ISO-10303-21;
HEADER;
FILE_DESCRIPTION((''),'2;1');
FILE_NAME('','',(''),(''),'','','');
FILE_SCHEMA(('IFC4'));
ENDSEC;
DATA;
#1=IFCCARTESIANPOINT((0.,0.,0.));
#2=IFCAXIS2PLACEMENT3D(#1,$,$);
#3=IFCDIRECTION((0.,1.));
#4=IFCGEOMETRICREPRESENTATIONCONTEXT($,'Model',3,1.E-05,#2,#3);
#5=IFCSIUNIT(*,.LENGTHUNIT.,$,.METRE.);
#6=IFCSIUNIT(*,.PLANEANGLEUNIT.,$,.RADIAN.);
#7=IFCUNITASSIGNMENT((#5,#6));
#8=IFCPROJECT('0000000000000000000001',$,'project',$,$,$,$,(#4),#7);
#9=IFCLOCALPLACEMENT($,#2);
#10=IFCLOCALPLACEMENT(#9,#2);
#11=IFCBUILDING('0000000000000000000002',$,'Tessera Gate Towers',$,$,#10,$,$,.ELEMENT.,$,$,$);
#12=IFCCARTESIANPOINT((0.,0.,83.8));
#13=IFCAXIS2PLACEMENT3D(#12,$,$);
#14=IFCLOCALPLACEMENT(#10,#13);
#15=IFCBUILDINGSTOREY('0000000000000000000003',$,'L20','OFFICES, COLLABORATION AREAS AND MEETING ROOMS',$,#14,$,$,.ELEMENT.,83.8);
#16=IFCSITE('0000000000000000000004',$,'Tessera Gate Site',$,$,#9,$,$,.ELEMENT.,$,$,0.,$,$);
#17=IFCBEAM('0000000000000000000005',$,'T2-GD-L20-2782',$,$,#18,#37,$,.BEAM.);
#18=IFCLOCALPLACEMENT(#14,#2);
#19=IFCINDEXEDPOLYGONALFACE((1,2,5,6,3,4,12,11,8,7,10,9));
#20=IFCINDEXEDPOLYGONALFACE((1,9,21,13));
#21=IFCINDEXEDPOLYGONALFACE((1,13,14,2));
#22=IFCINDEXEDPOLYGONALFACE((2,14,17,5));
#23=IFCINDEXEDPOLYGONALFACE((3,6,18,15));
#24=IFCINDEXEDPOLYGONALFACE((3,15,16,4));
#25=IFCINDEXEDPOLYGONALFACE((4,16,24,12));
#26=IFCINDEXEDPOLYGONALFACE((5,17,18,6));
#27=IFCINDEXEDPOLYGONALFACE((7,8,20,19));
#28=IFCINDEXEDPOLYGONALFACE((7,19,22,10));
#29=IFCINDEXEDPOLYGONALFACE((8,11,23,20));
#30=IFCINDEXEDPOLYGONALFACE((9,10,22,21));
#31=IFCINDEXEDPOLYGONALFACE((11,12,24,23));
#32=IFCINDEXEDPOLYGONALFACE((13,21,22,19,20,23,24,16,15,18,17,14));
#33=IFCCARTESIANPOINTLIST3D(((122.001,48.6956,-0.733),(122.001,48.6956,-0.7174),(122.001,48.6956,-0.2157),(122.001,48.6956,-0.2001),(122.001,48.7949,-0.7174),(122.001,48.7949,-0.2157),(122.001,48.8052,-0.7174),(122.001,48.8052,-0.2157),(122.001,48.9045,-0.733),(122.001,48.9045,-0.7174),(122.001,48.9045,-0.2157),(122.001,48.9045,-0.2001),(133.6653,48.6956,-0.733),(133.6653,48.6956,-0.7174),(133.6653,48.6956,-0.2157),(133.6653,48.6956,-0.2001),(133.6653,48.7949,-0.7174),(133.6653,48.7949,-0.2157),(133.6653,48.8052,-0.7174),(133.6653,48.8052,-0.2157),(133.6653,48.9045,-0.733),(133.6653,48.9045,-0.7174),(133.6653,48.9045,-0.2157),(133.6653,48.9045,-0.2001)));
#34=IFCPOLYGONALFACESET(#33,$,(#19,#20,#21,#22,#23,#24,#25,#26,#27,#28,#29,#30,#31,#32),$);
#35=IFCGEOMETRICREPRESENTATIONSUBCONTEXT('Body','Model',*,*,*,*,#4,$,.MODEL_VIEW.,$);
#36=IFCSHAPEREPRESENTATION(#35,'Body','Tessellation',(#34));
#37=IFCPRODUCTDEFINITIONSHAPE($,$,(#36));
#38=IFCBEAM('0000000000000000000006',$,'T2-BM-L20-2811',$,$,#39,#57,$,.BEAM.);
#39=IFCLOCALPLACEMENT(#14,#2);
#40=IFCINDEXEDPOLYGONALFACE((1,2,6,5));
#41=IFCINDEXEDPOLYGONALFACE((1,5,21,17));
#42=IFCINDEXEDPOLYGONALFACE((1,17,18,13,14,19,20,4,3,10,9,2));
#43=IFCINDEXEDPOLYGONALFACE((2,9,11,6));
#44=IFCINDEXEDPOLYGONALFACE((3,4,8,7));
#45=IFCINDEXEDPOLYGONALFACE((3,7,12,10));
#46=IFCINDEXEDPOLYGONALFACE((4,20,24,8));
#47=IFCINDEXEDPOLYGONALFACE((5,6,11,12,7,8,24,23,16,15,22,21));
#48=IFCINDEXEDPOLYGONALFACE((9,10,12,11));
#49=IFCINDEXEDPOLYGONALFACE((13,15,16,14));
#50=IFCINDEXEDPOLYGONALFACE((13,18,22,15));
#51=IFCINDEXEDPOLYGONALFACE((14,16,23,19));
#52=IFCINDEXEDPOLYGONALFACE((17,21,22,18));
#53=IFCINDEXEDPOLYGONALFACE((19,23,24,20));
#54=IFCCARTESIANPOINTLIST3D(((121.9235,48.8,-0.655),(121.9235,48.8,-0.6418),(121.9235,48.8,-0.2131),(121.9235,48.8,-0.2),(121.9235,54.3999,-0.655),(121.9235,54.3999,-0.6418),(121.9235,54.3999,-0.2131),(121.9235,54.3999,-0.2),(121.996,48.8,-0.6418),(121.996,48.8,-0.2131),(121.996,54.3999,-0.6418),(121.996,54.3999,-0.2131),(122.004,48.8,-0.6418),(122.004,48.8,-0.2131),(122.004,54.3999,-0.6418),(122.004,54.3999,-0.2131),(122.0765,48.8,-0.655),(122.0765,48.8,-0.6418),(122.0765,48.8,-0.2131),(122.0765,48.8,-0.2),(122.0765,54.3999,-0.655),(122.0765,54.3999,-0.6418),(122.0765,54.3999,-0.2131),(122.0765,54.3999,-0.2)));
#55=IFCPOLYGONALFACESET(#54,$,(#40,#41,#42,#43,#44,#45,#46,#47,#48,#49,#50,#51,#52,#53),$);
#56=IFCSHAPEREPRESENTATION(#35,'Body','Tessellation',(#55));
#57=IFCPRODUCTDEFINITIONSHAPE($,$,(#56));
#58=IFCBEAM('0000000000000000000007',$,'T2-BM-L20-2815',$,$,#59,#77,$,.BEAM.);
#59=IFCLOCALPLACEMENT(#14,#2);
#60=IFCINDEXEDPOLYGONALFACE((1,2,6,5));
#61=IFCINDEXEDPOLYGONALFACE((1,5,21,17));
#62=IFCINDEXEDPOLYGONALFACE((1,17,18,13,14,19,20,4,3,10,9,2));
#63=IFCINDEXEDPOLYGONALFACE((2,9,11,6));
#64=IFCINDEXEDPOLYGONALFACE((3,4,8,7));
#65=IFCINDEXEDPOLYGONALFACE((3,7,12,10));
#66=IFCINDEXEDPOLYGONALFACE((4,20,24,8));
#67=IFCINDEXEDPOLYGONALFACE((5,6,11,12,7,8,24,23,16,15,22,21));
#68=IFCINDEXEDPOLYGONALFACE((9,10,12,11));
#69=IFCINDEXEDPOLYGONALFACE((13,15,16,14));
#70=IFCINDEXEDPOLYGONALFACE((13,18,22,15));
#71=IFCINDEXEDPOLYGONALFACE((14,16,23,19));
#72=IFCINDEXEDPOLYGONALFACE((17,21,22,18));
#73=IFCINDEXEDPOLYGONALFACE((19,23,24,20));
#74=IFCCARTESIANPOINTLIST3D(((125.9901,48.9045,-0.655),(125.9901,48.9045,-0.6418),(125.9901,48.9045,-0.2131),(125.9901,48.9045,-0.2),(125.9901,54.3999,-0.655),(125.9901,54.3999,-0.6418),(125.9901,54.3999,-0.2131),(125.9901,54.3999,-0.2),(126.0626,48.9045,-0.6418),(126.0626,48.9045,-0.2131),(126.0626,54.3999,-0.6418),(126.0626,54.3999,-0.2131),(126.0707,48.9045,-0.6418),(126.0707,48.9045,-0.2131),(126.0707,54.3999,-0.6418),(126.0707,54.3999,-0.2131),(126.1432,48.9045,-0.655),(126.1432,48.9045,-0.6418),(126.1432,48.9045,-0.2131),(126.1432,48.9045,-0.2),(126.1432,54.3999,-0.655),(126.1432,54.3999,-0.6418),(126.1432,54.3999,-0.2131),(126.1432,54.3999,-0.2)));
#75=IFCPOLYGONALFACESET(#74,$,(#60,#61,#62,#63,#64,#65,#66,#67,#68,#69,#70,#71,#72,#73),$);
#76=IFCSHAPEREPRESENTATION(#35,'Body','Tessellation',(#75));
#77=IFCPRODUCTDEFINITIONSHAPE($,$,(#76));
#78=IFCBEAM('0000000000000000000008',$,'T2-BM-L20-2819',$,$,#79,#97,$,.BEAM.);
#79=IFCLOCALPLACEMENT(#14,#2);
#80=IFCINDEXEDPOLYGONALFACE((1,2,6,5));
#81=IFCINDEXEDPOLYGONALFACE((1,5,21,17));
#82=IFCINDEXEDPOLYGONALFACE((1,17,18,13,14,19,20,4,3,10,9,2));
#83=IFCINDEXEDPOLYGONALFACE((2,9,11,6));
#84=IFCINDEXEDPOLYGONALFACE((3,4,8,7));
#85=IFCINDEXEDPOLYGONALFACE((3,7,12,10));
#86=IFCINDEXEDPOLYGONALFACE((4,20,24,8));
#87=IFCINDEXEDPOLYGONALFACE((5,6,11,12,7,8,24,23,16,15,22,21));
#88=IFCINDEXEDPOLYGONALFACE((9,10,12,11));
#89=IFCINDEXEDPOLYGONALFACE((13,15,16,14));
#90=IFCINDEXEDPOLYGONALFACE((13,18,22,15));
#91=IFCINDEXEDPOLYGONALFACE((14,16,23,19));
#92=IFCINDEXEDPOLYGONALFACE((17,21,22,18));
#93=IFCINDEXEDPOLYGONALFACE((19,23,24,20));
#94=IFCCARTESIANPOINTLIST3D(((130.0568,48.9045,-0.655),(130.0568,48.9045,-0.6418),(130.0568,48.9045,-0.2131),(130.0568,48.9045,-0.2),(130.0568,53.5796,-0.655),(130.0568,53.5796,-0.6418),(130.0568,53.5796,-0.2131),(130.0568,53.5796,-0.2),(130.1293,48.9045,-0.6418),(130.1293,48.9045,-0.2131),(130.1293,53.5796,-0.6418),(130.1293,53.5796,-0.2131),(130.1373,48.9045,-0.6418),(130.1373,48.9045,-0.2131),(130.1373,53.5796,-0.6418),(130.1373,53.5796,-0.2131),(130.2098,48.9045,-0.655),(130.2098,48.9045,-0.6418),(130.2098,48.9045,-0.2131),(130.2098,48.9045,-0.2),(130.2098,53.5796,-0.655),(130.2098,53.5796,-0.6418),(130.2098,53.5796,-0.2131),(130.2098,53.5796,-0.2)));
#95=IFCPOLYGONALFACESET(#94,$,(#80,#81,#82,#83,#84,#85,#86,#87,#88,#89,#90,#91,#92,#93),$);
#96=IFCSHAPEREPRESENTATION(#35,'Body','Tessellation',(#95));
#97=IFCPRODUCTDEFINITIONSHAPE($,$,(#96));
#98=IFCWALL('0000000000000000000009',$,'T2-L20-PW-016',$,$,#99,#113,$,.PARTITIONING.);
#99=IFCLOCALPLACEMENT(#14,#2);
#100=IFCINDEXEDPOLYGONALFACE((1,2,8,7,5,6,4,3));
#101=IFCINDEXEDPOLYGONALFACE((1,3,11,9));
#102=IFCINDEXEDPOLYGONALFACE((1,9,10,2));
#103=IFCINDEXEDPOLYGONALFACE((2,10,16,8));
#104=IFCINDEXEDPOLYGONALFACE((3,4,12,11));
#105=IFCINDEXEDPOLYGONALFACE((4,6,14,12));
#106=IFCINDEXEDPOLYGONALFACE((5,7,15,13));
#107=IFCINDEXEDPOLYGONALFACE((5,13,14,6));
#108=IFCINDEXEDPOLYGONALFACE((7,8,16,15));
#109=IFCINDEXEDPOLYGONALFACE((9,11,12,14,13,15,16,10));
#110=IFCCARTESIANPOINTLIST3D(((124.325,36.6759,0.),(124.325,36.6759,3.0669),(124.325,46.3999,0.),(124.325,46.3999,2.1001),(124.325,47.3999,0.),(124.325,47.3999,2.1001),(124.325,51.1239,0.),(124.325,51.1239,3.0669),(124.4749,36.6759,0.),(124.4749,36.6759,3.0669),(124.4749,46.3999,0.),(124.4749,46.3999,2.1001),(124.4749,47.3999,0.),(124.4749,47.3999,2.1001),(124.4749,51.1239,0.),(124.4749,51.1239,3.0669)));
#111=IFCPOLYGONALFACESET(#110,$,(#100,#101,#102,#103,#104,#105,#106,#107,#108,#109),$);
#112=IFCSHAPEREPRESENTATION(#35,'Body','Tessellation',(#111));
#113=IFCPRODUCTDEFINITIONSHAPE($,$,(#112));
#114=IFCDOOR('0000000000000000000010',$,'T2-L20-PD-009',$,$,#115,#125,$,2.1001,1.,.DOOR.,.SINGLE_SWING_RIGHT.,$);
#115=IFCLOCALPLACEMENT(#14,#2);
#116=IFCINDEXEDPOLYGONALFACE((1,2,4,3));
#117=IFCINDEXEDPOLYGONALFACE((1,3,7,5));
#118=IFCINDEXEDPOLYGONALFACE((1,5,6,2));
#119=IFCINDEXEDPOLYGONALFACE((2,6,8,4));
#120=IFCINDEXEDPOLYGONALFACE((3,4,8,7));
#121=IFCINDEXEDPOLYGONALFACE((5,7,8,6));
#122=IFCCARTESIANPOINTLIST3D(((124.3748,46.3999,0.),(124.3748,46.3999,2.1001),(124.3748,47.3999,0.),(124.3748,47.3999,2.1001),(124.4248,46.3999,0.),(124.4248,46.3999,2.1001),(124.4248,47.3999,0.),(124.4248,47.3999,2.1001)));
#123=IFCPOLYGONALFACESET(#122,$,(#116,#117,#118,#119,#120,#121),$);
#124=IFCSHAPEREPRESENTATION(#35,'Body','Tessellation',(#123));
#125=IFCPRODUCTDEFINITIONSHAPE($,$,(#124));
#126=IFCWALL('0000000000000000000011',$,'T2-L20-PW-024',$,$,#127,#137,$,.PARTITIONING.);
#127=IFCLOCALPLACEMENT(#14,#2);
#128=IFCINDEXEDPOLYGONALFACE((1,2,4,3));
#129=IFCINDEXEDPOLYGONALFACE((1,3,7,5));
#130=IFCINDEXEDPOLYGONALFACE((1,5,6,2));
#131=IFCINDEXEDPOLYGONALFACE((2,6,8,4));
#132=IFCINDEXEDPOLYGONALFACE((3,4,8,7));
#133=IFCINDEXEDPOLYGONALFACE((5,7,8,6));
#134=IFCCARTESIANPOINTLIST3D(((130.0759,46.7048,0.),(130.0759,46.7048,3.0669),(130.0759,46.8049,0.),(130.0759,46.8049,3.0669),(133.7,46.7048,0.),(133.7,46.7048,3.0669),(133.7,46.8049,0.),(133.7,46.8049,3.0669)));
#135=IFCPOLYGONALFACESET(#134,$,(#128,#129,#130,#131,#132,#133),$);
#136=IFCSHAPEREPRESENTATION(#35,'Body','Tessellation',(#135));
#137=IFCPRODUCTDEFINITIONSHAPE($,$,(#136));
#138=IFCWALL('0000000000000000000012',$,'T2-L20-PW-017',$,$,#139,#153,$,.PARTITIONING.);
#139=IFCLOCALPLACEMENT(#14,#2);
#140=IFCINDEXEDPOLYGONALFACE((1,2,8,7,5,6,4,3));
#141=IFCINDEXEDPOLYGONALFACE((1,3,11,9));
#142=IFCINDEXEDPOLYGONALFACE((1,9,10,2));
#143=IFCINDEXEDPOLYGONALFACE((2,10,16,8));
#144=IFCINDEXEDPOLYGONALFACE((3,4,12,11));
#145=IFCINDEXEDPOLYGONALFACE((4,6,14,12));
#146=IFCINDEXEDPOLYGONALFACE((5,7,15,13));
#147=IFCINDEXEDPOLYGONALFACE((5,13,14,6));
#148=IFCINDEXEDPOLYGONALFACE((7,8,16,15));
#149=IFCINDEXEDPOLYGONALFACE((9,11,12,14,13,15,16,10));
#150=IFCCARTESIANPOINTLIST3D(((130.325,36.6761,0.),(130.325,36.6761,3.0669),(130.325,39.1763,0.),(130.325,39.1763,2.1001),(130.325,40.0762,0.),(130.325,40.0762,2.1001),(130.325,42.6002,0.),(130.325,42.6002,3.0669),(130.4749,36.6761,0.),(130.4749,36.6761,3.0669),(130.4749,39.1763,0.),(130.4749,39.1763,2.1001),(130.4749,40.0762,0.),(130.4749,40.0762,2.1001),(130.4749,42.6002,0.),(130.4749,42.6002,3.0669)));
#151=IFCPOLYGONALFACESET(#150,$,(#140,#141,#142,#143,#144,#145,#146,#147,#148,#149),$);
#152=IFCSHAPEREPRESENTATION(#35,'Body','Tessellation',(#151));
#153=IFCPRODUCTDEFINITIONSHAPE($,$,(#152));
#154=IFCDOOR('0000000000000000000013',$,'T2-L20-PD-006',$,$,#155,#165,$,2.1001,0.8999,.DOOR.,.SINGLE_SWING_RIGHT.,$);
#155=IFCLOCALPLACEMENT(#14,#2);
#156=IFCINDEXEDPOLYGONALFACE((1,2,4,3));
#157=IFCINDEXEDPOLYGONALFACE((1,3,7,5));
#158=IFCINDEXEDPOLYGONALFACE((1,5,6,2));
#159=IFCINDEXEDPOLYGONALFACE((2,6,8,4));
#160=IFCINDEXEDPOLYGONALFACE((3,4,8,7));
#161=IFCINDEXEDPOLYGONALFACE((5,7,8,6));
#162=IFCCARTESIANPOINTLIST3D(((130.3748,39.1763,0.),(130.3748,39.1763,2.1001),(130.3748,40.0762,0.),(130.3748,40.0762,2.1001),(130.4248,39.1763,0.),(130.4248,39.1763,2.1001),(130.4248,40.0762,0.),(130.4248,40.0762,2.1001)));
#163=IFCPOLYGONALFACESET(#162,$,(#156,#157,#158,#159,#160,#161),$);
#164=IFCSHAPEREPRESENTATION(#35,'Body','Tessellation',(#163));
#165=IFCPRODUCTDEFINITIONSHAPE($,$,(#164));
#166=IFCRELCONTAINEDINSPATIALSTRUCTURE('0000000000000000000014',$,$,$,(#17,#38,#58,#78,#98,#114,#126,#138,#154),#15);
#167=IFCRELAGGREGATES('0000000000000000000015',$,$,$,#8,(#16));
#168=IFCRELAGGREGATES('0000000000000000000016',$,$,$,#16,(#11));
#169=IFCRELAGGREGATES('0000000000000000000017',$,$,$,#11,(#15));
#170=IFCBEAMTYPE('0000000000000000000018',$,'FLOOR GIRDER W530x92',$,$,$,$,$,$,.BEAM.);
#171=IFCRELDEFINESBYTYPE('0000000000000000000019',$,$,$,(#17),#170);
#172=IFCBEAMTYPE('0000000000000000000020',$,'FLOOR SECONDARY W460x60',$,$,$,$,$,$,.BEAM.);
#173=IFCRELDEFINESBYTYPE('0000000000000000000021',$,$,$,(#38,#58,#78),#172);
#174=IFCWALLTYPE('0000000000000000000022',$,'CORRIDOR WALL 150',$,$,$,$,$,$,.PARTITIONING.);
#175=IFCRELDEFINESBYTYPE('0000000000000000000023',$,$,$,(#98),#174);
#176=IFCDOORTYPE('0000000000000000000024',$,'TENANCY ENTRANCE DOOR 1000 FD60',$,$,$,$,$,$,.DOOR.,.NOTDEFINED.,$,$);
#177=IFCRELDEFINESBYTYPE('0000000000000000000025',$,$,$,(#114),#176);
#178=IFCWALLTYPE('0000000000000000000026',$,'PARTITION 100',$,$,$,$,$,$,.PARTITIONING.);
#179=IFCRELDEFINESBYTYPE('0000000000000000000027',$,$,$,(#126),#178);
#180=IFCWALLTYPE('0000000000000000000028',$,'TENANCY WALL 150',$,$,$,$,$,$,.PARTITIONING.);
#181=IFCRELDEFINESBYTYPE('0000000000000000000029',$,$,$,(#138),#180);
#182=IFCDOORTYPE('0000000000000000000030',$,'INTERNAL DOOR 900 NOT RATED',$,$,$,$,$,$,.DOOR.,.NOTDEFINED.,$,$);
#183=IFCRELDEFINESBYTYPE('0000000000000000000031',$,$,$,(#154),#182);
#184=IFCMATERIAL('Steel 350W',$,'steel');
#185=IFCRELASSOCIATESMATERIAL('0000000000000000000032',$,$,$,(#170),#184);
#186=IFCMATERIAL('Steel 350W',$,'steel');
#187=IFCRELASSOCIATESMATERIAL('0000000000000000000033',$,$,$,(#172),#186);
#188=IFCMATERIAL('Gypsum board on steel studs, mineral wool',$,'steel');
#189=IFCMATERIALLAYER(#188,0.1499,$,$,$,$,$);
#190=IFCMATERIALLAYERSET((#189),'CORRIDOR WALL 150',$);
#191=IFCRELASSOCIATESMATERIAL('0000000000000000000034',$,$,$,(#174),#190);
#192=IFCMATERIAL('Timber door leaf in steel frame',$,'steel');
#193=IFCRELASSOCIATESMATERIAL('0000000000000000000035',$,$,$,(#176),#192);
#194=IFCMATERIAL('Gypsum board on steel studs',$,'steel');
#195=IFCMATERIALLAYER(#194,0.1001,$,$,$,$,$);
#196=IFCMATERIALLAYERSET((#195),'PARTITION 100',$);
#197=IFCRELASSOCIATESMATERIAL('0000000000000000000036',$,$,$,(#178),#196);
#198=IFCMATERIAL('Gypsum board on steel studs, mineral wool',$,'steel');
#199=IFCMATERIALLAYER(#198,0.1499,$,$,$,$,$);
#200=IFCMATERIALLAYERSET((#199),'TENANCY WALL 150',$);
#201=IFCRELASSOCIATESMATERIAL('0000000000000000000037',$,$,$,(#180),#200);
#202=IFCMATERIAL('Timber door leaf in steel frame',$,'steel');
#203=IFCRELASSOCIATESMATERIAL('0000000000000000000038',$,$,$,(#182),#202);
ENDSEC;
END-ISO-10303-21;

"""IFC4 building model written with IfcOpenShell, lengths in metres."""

from ifc_helpers import new_model, si_unit, direction, frame, frame_2d, origin, origin_2d, place, context, subcontext, project, spatial, rectangle, i_section, extrude, source, transform, mapped, material, layer, layer_set, material_profile, profile_set, type_object, element, fill, save


model = new_model("IFC4")

# Units and contexts
model_context = context("Model", 3, precision=1e-05, world=origin(), true_north=direction((0.0, 1.0)))
body_context = subcontext(model_context, "Body", "Model", "MODEL_VIEW")
ifc_project = project(units=[si_unit("LENGTHUNIT", "METRE"), si_unit("PLANEANGLEUNIT", "RADIAN")], contexts=[model_context])

# Site, building, storey
site_placement = place(None, origin())
site = spatial("IfcSite", under=ifc_project, at=site_placement, Name="Tessera Gate Site", CompositionType="ELEMENT", RefElevation=0.0)
building_placement = place(site_placement, origin())
building = spatial("IfcBuilding", under=site, at=building_placement, Name="Tessera Gate Towers", CompositionType="ELEMENT")
storey_placement = place(building_placement, frame((0.0, 0.0, 83.8)))
storey = spatial("IfcBuildingStorey", under=building, at=storey_placement, Name="L20", Description="OFFICES, COLLABORATION AREAS AND MEETING ROOMS", CompositionType="ELEMENT", Elevation=83.8)

# Beams
ifc_material_1 = material(Name="Steel 350W", Category="steel")
ifc_material_profile_1 = material_profile(ifc_material_1, i_section(OverallWidth=0.209, OverallDepth=0.533, WebThickness=0.0103, FlangeThickness=0.0156, at=origin_2d()), Name="W530x92")
ifc_profile_set_1 = profile_set([ifc_material_profile_1], Name="Steel 350W")
beam_type_1 = type_object("IfcBeamType", Name="FLOOR GIRDER W530x92", PredefinedType="BEAM", material=ifc_profile_set_1)
beam_1_placement = place(storey_placement, frame((122.001, 48.8, -0.4666), z_axis=(1.0, 0.0, 0.0), x_axis=(0.0, 1.0, 0.0)))
element("IfcBeam", 1, at=beam_1_placement, inside=storey, type_object=beam_type_1, Name="T2-GD-L20-2782", PredefinedType="BEAM", context=body_context, shape_type="SweptSolid", body=[
    extrude(i_section(OverallWidth=0.209, OverallDepth=0.533, WebThickness=0.0103, FlangeThickness=0.0156, at=origin_2d()), origin(), (0.0, 0.0, 1.0), 11.6643),
])
ifc_material_2 = material(Name="Steel 350W", Category="steel")
ifc_material_profile_2 = material_profile(ifc_material_2, i_section(OverallWidth=0.1531, OverallDepth=0.4551, WebThickness=0.0081, FlangeThickness=0.0132, at=origin_2d()), Name="W460x60")
ifc_profile_set_2 = profile_set([ifc_material_profile_2], Name="Steel 350W")
beam_type_2 = type_object("IfcBeamType", Name="FLOOR SECONDARY W460x60", PredefinedType="BEAM", material=ifc_profile_set_2)
beam_2_placement = place(storey_placement, frame((122.0, 48.8, -0.4275), z_axis=(0.0, 1.0, 0.0), x_axis=(-1.0, 0.0, 0.0)))
element("IfcBeam", 2, at=beam_2_placement, inside=storey, type_object=beam_type_2, Name="T2-BM-L20-2811", PredefinedType="BEAM", context=body_context, shape_type="SweptSolid", body=[
    extrude(i_section(OverallWidth=0.1531, OverallDepth=0.4551, WebThickness=0.0081, FlangeThickness=0.0132, at=origin_2d()), origin(), (0.0, 0.0, 1.0), 5.5999),
])
beam_3_placement = place(storey_placement, frame((126.0667, 48.9045, -0.4275), z_axis=(0.0, 1.0, 0.0), x_axis=(-1.0, 0.0, 0.0)))
element("IfcBeam", 3, at=beam_3_placement, inside=storey, type_object=beam_type_2, Name="T2-BM-L20-2815", PredefinedType="BEAM", context=body_context, shape_type="SweptSolid", body=[
    extrude(i_section(OverallWidth=0.1531, OverallDepth=0.4551, WebThickness=0.0081, FlangeThickness=0.0132, at=origin_2d()), origin(), (0.0, 0.0, 1.0), 5.4954),
])
beam_4_placement = place(storey_placement, frame((130.1333, 48.9045, -0.4275), z_axis=(0.0, 1.0, 0.0), x_axis=(-1.0, 0.0, 0.0)))
element("IfcBeam", 4, at=beam_4_placement, inside=storey, type_object=beam_type_2, Name="T2-BM-L20-2819", PredefinedType="BEAM", context=body_context, shape_type="SweptSolid", body=[
    extrude(i_section(OverallWidth=0.1531, OverallDepth=0.4551, WebThickness=0.0081, FlangeThickness=0.0132, at=origin_2d()), origin(), (0.0, 0.0, 1.0), 4.675),
])

# Wall, opening, door
ifc_material_3 = material(Name="Gypsum board on steel studs, mineral wool", Category="steel")
ifc_layer_1 = layer(ifc_material_3, 0.1499)
ifc_layer_set_1 = layer_set([ifc_layer_1], Name="CORRIDOR WALL 150")
wall_type_1 = type_object("IfcWallType", Name="CORRIDOR WALL 150", PredefinedType="PARTITIONING", material=ifc_layer_set_1)
wall_1_placement = place(storey_placement, frame((124.3999, 51.124, 0.0), z_axis=(0.0, 0.0, 1.0), x_axis=(0.0, -1.0, 0.0)))
wall_1 = element("IfcWall", 5, at=wall_1_placement, inside=storey, type_object=wall_type_1, Name="T2-L20-PW-016", PredefinedType="PARTITIONING", context=body_context, shape_type="SweptSolid", body=[
    extrude(rectangle(XDim=14.448, YDim=0.1499, at=frame_2d((7.2241, 0.0))), origin(), (0.0, 0.0, 1.0), 3.0669),
])
shared_shape_1 = source(origin(), body_context, "Body", "SweptSolid", [
    extrude(rectangle(XDim=1.0, YDim=2.1001, at=frame_2d((0.5, 1.05))), frame((0.0, 0.085, 0.0), z_axis=(0.0, -1.0, 0.0), x_axis=(1.0, 0.0, 0.0)), (0.0, 0.0, 1.0), 0.1699),
])
opening_1_placement = place(wall_1_placement, frame((3.7241, 0.0, 0.0)))
opening_1 = element("IfcOpeningElement", 6, at=opening_1_placement, cuts=wall_1, PredefinedType="OPENING", context=body_context, shape_type="MappedRepresentation", body=[
    mapped(shared_shape_1, transform((0.0, 0.0, 0.0), scale=1.0)),
])
ifc_material_4 = material(Name="Timber door leaf in steel frame", Category="steel")
door_type_1 = type_object("IfcDoorType", Name="TENANCY ENTRANCE DOOR 1000 FD60", OperationType="NOTDEFINED", PredefinedType="DOOR", material=ifc_material_4)
shared_shape_2 = source(origin(), body_context, "Body", "SweptSolid", [
    extrude(rectangle(XDim=1.0, YDim=2.1001, at=frame_2d((0.5, 1.05))), frame((0.0, 0.0249, 0.0), z_axis=(0.0, -1.0, 0.0), x_axis=(1.0, 0.0, 0.0)), (0.0, 0.0, 1.0), 0.05),
])
door_1_placement = place(opening_1_placement, origin())
door_1 = element("IfcDoor", 7, at=door_1_placement, inside=storey, type_object=door_type_1, Name="T2-L20-PD-009", OperationType="SINGLE_SWING_RIGHT", OverallHeight=2.1001, OverallWidth=1.0, PredefinedType="DOOR", context=body_context, shape_type="MappedRepresentation", body=[
    mapped(shared_shape_2, transform((0.0, 0.0, 0.0), scale=1.0)),
])
fill(opening_1, door_1)

# Wall
ifc_material_5 = material(Name="Gypsum board on steel studs", Category="steel")
ifc_layer_2 = layer(ifc_material_5, 0.1001)
ifc_layer_set_2 = layer_set([ifc_layer_2], Name="PARTITION 100")
wall_type_2 = type_object("IfcWallType", Name="PARTITION 100", PredefinedType="PARTITIONING", material=ifc_layer_set_2)
wall_2_placement = place(storey_placement, frame((130.0759, 46.7549, 0.0), z_axis=(0.0, 0.0, 1.0), x_axis=(1.0, 0.0, 0.0)))
element("IfcWall", 8, at=wall_2_placement, inside=storey, type_object=wall_type_2, Name="T2-L20-PW-024", PredefinedType="PARTITIONING", context=body_context, shape_type="SweptSolid", body=[
    extrude(rectangle(XDim=3.624, YDim=0.1001, at=frame_2d((1.812, 0.0))), origin(), (0.0, 0.0, 1.0), 3.0669),
])

# Wall, opening, door
ifc_material_6 = material(Name="Gypsum board on steel studs, mineral wool", Category="steel")
ifc_layer_3 = layer(ifc_material_6, 0.1499)
ifc_layer_set_3 = layer_set([ifc_layer_3], Name="TENANCY WALL 150")
wall_type_3 = type_object("IfcWallType", Name="TENANCY WALL 150", PredefinedType="PARTITIONING", material=ifc_layer_set_3)
wall_3_placement = place(storey_placement, frame((130.3999, 42.6001, 0.0), z_axis=(0.0, 0.0, 1.0), x_axis=(0.0, -1.0, 0.0)))
wall_3 = element("IfcWall", 9, at=wall_3_placement, inside=storey, type_object=wall_type_3, Name="T2-L20-PW-017", PredefinedType="PARTITIONING", context=body_context, shape_type="SweptSolid", body=[
    extrude(rectangle(XDim=5.9241, YDim=0.1499, at=frame_2d((2.9619, 0.0))), origin(), (0.0, 0.0, 1.0), 3.0669),
])
shared_shape_3 = source(origin(), body_context, "Body", "SweptSolid", [
    extrude(rectangle(XDim=0.8999, YDim=2.1001, at=frame_2d((0.45, 1.05))), frame((0.0, 0.085, 0.0), z_axis=(0.0, -1.0, 0.0), x_axis=(1.0, 0.0, 0.0)), (0.0, 0.0, 1.0), 0.1699),
])
opening_2_placement = place(wall_3_placement, frame((2.5239, 0.0, 0.0)))
opening_2 = element("IfcOpeningElement", 10, at=opening_2_placement, cuts=wall_3, PredefinedType="OPENING", context=body_context, shape_type="MappedRepresentation", body=[
    mapped(shared_shape_3, transform((0.0, 0.0, 0.0), scale=1.0)),
])
ifc_material_7 = material(Name="Timber door leaf in steel frame", Category="steel")
door_type_2 = type_object("IfcDoorType", Name="INTERNAL DOOR 900 NOT RATED", OperationType="NOTDEFINED", PredefinedType="DOOR", material=ifc_material_7)
shared_shape_4 = source(origin(), body_context, "Body", "SweptSolid", [
    extrude(rectangle(XDim=0.8999, YDim=2.1001, at=frame_2d((0.45, 1.05))), frame((0.0, 0.0249, 0.0), z_axis=(0.0, -1.0, 0.0), x_axis=(1.0, 0.0, 0.0)), (0.0, 0.0, 1.0), 0.05),
])
door_2_placement = place(opening_2_placement, origin())
door_2 = element("IfcDoor", 11, at=door_2_placement, inside=storey, type_object=door_type_2, Name="T2-L20-PD-006", OperationType="SINGLE_SWING_RIGHT", OverallHeight=2.1001, OverallWidth=0.8999, PredefinedType="DOOR", context=body_context, shape_type="MappedRepresentation", body=[
    mapped(shared_shape_4, transform((0.0, 0.0, 0.0), scale=1.0)),
])
fill(opening_2, door_2)

save(model, "model.ifc")
